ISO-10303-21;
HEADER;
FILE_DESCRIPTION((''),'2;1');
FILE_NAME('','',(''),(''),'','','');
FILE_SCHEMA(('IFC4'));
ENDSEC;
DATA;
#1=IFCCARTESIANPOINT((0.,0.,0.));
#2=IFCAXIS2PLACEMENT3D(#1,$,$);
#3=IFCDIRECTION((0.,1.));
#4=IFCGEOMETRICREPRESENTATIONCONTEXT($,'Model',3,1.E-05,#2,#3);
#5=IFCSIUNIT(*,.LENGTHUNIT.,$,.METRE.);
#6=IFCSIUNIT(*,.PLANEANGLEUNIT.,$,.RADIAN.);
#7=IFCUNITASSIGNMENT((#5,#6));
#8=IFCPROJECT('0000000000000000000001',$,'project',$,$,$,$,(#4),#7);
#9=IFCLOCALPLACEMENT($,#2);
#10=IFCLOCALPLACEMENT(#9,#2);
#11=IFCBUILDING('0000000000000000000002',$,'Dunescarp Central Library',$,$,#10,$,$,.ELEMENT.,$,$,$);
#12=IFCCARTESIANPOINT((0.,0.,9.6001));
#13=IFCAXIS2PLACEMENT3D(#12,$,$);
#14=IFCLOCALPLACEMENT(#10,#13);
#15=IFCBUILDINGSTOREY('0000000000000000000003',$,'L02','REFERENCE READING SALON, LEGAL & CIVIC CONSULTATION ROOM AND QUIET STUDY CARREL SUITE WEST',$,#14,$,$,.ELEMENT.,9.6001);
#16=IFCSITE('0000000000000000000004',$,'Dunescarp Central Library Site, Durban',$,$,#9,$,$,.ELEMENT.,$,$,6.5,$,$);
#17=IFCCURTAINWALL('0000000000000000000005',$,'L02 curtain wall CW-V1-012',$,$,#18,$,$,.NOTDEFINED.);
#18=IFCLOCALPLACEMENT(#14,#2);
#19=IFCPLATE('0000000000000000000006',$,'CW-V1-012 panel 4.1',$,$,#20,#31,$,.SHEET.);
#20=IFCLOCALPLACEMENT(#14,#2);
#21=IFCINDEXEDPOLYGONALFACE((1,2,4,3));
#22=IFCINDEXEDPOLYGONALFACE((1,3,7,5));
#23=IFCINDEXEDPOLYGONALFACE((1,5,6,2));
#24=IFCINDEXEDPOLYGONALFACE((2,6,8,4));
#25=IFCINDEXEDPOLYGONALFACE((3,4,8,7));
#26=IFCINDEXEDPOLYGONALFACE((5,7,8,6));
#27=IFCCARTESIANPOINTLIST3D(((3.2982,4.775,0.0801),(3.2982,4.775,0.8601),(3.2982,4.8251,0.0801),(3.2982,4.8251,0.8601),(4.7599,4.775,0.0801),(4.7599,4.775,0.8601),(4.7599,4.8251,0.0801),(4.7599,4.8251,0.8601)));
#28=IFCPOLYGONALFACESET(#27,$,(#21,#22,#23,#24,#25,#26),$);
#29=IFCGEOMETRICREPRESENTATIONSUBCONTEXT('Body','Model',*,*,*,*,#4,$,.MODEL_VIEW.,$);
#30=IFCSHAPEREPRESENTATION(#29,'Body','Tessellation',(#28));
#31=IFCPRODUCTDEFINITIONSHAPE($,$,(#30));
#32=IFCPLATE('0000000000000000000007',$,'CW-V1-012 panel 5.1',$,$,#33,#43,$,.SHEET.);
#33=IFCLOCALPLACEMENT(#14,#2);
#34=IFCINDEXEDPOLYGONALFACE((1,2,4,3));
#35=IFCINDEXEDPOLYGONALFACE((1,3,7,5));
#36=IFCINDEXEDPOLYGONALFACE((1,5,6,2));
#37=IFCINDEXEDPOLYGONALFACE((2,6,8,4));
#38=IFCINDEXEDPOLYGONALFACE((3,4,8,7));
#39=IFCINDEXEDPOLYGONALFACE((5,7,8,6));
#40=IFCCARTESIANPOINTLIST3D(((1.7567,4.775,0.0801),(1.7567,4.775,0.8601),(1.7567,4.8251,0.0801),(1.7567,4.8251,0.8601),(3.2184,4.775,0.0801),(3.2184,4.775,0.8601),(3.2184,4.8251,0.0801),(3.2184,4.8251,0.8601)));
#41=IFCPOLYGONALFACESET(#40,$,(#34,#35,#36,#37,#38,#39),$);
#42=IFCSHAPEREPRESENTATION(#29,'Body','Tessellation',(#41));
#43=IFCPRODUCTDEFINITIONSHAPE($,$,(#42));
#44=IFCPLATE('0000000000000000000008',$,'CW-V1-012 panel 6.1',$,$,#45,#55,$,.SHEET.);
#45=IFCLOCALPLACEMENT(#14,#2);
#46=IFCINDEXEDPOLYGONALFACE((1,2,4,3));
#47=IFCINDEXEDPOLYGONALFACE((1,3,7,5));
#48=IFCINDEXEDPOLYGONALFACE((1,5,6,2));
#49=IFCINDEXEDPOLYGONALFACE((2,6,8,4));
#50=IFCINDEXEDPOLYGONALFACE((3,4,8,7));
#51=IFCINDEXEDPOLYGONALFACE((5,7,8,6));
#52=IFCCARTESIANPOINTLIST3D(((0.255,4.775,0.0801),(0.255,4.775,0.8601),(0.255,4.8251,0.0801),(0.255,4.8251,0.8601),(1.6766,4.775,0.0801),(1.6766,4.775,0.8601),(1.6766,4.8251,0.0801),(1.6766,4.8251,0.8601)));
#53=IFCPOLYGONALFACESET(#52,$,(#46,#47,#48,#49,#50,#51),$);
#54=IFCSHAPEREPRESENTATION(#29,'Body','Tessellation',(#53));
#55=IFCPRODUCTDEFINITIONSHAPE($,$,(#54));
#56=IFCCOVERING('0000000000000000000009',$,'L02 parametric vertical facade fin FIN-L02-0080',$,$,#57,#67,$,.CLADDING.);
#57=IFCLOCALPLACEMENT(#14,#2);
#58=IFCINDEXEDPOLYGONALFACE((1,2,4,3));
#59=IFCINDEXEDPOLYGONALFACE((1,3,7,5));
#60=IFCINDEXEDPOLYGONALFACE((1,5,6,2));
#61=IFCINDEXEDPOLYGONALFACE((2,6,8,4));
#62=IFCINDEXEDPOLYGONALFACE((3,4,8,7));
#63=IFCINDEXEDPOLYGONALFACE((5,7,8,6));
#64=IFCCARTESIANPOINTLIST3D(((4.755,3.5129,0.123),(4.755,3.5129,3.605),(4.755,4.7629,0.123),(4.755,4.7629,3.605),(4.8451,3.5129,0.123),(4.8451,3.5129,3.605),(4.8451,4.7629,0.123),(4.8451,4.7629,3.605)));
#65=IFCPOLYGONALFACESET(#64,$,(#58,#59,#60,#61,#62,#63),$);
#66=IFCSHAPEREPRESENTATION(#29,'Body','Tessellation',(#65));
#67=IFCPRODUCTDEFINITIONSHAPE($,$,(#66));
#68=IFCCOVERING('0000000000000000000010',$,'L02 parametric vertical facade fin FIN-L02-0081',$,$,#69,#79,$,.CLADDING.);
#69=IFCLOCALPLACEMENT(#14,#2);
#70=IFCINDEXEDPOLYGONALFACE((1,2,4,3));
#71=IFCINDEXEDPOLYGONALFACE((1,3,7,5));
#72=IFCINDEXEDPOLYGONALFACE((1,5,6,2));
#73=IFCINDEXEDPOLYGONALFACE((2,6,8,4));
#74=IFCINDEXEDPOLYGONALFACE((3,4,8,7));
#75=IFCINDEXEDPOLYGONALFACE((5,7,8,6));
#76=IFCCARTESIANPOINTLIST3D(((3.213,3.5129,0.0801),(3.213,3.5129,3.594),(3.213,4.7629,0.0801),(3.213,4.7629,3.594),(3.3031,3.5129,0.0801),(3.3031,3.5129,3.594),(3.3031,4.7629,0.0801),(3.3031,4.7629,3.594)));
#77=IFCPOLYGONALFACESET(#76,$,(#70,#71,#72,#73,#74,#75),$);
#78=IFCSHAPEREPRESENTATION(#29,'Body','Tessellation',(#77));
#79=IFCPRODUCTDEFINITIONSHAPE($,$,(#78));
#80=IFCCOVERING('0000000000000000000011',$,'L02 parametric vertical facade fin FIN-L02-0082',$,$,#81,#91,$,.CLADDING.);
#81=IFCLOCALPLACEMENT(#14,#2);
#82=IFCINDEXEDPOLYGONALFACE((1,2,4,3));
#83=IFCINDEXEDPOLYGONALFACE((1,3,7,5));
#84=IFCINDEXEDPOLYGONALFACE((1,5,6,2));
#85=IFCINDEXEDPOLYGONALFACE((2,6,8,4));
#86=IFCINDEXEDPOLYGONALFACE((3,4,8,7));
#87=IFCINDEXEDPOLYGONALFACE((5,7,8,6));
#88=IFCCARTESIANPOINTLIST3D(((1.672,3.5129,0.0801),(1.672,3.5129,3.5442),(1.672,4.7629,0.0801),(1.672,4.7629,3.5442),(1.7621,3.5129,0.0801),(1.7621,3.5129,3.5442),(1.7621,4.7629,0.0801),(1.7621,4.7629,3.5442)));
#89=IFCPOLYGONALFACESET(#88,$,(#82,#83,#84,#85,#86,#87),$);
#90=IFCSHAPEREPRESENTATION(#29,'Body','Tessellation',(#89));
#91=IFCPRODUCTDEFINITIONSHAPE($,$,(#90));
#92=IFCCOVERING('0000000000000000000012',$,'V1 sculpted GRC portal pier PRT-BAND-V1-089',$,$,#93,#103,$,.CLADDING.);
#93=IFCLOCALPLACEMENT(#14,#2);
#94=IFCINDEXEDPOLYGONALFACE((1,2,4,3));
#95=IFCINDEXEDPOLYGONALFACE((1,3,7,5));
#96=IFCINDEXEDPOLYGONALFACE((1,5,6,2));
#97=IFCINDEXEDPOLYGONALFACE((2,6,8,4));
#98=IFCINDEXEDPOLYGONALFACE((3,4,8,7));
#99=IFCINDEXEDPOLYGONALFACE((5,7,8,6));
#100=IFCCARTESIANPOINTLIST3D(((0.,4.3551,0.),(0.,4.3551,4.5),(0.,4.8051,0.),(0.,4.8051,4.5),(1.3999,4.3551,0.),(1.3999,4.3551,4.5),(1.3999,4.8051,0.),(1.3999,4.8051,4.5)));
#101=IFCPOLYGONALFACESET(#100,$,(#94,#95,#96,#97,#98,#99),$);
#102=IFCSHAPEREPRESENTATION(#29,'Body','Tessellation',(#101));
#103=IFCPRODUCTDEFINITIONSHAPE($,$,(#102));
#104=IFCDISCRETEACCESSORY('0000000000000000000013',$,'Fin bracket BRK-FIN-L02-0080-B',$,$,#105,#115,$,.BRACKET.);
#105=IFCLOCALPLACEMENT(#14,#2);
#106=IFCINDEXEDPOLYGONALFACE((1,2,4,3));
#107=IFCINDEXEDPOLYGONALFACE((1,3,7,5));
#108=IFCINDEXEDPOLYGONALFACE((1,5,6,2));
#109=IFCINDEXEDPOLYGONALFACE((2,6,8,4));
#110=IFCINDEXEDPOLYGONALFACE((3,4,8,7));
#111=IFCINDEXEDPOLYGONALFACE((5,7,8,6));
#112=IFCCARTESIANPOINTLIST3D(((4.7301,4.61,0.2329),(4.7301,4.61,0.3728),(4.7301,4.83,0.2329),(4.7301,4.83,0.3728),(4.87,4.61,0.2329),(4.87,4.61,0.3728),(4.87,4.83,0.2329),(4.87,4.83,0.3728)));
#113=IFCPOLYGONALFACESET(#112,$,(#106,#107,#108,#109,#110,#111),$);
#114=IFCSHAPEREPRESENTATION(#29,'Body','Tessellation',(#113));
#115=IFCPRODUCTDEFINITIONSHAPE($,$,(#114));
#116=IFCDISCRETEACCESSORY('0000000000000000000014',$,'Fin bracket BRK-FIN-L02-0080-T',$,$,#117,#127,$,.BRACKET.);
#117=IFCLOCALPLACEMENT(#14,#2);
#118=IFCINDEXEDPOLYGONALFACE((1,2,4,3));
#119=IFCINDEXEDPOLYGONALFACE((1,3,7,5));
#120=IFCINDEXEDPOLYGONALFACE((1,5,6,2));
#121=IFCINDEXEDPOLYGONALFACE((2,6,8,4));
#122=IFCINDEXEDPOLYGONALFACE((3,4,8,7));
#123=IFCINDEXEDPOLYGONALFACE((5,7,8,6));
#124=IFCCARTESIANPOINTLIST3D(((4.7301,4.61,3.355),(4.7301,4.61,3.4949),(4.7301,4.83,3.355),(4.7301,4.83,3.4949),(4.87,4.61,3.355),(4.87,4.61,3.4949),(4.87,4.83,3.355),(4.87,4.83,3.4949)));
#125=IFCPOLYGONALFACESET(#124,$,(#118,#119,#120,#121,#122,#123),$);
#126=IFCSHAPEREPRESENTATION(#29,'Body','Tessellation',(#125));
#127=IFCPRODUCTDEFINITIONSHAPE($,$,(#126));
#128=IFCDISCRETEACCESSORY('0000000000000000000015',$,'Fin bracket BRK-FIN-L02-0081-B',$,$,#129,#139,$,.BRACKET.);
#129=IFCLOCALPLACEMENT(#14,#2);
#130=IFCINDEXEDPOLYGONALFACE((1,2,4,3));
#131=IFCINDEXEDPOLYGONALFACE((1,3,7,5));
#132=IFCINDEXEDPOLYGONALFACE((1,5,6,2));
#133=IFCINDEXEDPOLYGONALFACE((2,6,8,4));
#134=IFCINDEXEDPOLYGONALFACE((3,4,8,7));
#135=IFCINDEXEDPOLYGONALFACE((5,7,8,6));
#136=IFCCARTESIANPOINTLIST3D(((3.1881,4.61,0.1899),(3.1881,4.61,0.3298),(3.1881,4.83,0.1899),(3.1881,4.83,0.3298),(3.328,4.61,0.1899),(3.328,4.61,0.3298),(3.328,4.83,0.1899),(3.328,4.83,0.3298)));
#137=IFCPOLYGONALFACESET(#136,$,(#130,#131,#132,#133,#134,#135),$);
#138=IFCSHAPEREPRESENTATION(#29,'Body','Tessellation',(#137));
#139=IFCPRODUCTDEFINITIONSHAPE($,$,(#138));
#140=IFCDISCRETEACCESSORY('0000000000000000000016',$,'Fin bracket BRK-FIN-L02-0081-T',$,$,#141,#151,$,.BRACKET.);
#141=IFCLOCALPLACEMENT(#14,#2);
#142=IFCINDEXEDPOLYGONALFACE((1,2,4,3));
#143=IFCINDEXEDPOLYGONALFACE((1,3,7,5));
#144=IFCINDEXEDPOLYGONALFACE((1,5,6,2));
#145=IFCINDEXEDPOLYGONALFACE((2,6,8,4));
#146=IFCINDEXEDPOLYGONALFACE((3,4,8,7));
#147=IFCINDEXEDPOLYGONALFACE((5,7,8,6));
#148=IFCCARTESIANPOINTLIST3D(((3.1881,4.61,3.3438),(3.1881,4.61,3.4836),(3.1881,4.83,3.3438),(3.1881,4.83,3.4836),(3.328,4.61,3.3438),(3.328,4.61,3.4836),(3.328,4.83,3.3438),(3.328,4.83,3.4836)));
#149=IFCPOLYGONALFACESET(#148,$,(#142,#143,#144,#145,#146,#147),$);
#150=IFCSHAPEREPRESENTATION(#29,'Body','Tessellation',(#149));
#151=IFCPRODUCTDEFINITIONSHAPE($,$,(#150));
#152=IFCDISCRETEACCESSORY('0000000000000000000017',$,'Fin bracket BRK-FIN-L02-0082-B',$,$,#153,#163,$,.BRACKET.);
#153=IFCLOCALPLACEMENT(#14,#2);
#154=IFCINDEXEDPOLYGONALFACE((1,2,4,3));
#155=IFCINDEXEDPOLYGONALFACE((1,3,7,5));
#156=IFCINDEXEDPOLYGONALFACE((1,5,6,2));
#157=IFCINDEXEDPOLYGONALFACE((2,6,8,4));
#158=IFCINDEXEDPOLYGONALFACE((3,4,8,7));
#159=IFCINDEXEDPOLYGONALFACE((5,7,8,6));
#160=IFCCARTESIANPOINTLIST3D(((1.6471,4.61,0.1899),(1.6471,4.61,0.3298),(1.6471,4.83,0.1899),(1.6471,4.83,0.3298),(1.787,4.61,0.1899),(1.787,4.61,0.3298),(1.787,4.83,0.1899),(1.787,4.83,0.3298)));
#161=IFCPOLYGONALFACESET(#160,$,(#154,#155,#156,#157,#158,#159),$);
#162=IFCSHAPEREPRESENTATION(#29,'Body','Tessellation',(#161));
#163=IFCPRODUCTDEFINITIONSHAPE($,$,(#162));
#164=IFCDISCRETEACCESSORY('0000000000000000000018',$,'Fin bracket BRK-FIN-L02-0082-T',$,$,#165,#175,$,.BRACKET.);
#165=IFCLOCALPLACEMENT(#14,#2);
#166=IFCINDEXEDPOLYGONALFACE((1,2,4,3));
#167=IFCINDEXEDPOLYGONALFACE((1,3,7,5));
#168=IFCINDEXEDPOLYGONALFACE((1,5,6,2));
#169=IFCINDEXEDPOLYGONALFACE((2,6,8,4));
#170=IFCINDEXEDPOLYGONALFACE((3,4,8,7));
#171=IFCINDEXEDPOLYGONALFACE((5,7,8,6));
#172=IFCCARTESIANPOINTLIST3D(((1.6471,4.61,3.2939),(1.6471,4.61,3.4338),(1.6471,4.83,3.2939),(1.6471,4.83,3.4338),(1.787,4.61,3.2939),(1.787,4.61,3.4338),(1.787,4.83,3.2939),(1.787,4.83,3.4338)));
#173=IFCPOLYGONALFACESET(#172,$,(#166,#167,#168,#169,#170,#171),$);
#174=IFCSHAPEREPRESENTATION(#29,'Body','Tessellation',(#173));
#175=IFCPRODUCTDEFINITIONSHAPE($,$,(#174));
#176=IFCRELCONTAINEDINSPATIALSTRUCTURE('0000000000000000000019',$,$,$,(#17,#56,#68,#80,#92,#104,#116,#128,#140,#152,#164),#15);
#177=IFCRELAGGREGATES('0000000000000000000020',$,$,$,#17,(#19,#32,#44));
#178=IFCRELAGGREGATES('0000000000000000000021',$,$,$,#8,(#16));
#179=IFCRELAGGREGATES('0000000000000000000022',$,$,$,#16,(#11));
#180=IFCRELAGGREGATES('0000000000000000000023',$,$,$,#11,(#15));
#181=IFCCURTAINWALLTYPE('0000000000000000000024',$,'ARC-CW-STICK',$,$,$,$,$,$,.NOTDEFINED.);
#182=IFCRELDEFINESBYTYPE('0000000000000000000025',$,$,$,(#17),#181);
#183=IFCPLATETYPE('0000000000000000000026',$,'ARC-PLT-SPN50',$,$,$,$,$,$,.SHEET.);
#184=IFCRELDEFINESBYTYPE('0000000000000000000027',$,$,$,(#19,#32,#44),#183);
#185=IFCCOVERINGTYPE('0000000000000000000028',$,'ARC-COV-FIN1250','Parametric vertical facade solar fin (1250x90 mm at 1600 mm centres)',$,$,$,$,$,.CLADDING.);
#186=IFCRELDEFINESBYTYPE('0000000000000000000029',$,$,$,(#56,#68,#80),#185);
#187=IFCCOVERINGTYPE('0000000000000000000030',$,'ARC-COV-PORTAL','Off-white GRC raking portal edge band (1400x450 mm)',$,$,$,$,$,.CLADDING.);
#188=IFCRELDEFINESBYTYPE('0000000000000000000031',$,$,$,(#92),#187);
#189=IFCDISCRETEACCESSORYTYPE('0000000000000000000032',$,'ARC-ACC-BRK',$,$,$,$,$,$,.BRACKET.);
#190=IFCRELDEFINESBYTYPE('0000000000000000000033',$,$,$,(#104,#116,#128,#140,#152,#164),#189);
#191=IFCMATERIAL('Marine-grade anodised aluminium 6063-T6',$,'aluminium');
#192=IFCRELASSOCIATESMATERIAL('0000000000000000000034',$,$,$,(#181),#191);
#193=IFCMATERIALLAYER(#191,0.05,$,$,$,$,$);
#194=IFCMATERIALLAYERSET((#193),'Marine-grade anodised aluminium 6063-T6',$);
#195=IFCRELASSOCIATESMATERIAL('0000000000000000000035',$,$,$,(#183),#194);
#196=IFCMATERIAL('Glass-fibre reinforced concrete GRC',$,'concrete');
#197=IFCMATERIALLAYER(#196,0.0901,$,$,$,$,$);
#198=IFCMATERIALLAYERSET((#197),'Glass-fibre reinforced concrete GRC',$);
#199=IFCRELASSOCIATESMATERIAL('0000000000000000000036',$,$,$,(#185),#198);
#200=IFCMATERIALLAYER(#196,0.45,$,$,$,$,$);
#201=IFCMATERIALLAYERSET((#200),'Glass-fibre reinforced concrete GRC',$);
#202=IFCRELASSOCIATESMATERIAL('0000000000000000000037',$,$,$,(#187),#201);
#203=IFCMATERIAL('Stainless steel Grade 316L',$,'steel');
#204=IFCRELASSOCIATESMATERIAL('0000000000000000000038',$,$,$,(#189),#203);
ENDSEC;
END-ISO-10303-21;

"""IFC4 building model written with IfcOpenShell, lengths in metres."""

from ifc_helpers import new_model, si_unit, direction, frame, origin, origin_2d, place, context, subcontext, project, spatial, rectangle, extrude, material, layer, layer_set, type_object, element, aggregate, save


model = new_model("IFC4")

# Units and contexts
model_context = context("Model", 3, precision=1e-05, world=origin(), true_north=direction((0.0, 1.0)))
body_context = subcontext(model_context, "Body", "Model", "MODEL_VIEW")
ifc_project = project(units=[si_unit("LENGTHUNIT", "METRE"), si_unit("PLANEANGLEUNIT", "RADIAN")], contexts=[model_context])

# Site, building, storey
site_placement = place(None, origin())
site = spatial("IfcSite", under=ifc_project, at=site_placement, Name="Dunescarp Central Library Site, Durban", CompositionType="ELEMENT", RefElevation=6.5)
building_placement = place(site_placement, origin())
building = spatial("IfcBuilding", under=site, at=building_placement, Name="Dunescarp Central Library", CompositionType="ELEMENT")
storey_placement = place(building_placement, frame((0.0, 0.0, 9.6001)))
storey = spatial("IfcBuildingStorey", under=building, at=storey_placement, Name="L02", Description="REFERENCE READING SALON, LEGAL & CIVIC CONSULTATION ROOM AND QUIET STUDY CARREL SUITE WEST", CompositionType="ELEMENT", Elevation=9.6001)

# Curtain wall, plates
ifc_material_1 = material(Name="Marine-grade anodised aluminium 6063-T6", Category="aluminium")
curtain_wall_type = type_object("IfcCurtainWallType", Name="ARC-CW-STICK", PredefinedType="NOTDEFINED", material=ifc_material_1)
curtain_wall_placement = place(storey_placement, origin())
curtain_wall = element("IfcCurtainWall", 1, at=curtain_wall_placement, inside=storey, type_object=curtain_wall_type, Name="L02 curtain wall CW-V1-012", PredefinedType="NOTDEFINED")
ifc_layer_1 = layer(ifc_material_1, 0.05)
ifc_layer_set_1 = layer_set([ifc_layer_1], Name="Marine-grade anodised aluminium 6063-T6")
plate_type_1 = type_object("IfcPlateType", Name="ARC-PLT-SPN50", PredefinedType="SHEET", material=ifc_layer_set_1)
plate_1_placement = place(storey_placement, frame((4.0291, 4.8, 0.0801), z_axis=(0.0, 0.0, 1.0), x_axis=(-1.0, 0.0, 0.0)))
plate_1 = element("IfcPlate", 2, at=plate_1_placement, type_object=plate_type_1, Name="CW-V1-012 panel 4.1", PredefinedType="SHEET", context=body_context, shape_type="SweptSolid", body=[
    extrude(rectangle(XDim=1.4617, YDim=0.05, at=origin_2d()), origin(), (0.0, 0.0, 1.0), 0.78),
])
plate_2_placement = place(storey_placement, frame((2.4875, 4.8, 0.0801), z_axis=(0.0, 0.0, 1.0), x_axis=(-1.0, 0.0, 0.0)))
plate_2 = element("IfcPlate", 3, at=plate_2_placement, type_object=plate_type_1, Name="CW-V1-012 panel 5.1", PredefinedType="SHEET", context=body_context, shape_type="SweptSolid", body=[
    extrude(rectangle(XDim=1.4617, YDim=0.05, at=origin_2d()), origin(), (0.0, 0.0, 1.0), 0.78),
])
plate_3_placement = place(storey_placement, frame((0.9658, 4.8, 0.0801), z_axis=(0.0, 0.0, 1.0), x_axis=(-1.0, 0.0, 0.0)))
plate_3 = element("IfcPlate", 4, at=plate_3_placement, type_object=plate_type_1, Name="CW-V1-012 panel 6.1", PredefinedType="SHEET", context=body_context, shape_type="SweptSolid", body=[
    extrude(rectangle(XDim=1.4216, YDim=0.05, at=origin_2d()), origin(), (0.0, 0.0, 1.0), 0.78),
])
aggregate(curtain_wall, [plate_1, plate_2, plate_3])

# Coverings
ifc_material_2 = material(Name="Glass-fibre reinforced concrete GRC", Category="concrete")
ifc_layer_2 = layer(ifc_material_2, 0.0901)
ifc_layer_set_2 = layer_set([ifc_layer_2], Name="Glass-fibre reinforced concrete GRC")
covering_type_1 = type_object("IfcCoveringType", Name="ARC-COV-FIN1250", Description="Parametric vertical facade solar fin (1250x90 mm at 1600 mm centres)", PredefinedType="CLADDING", material=ifc_layer_set_2)
covering_1_placement = place(storey_placement, frame((4.8, 4.1379, 0.123), z_axis=(0.0, 0.0, 1.0), x_axis=(0.0, -1.0, 0.0)))
element("IfcCovering", 5, at=covering_1_placement, inside=storey, type_object=covering_type_1, Name="L02 parametric vertical facade fin FIN-L02-0080", PredefinedType="CLADDING", context=body_context, shape_type="SweptSolid", body=[
    extrude(rectangle(XDim=1.25, YDim=0.0901, at=origin_2d()), origin(), (0.0, 0.0, 1.0), 3.4819),
])
covering_2_placement = place(storey_placement, frame((3.2581, 4.1379, 0.0801), z_axis=(0.0, 0.0, 1.0), x_axis=(0.0, -1.0, 0.0)))
element("IfcCovering", 6, at=covering_2_placement, inside=storey, type_object=covering_type_1, Name="L02 parametric vertical facade fin FIN-L02-0081", PredefinedType="CLADDING", context=body_context, shape_type="SweptSolid", body=[
    extrude(rectangle(XDim=1.25, YDim=0.0901, at=origin_2d()), origin(), (0.0, 0.0, 1.0), 3.5139),
])
covering_3_placement = place(storey_placement, frame((1.717, 4.1379, 0.0801), z_axis=(0.0, 0.0, 1.0), x_axis=(0.0, -1.0, 0.0)))
element("IfcCovering", 7, at=covering_3_placement, inside=storey, type_object=covering_type_1, Name="L02 parametric vertical facade fin FIN-L02-0082", PredefinedType="CLADDING", context=body_context, shape_type="SweptSolid", body=[
    extrude(rectangle(XDim=1.25, YDim=0.0901, at=origin_2d()), origin(), (0.0, 0.0, 1.0), 3.4641),
])
ifc_layer_3 = layer(ifc_material_2, 0.45)
ifc_layer_set_3 = layer_set([ifc_layer_3], Name="Glass-fibre reinforced concrete GRC")
covering_type_2 = type_object("IfcCoveringType", Name="ARC-COV-PORTAL", Description="Off-white GRC raking portal edge band (1400x450 mm)", PredefinedType="CLADDING", material=ifc_layer_set_3)
covering_4_placement = place(storey_placement, frame((0.7, 4.5801, 0.0), z_axis=(0.0, 0.0, 1.0), x_axis=(1.0, 0.0, 0.0)))
element("IfcCovering", 8, at=covering_4_placement, inside=storey, type_object=covering_type_2, Name="V1 sculpted GRC portal pier PRT-BAND-V1-089", PredefinedType="CLADDING", context=body_context, shape_type="SweptSolid", body=[
    extrude(rectangle(XDim=1.3999, YDim=0.45, at=origin_2d()), origin(), (0.0, 0.0, 1.0), 4.5),
])

# Discrete accessories
ifc_material_3 = material(Name="Stainless steel Grade 316L", Category="steel")
discrete_accessory_type = type_object("IfcDiscreteAccessoryType", Name="ARC-ACC-BRK", PredefinedType="BRACKET", material=ifc_material_3)
for number, where, z_axis, x_axis, name in (
    (9, (4.8, 4.72, 0.2329), (0.0, 0.0, 1.0), (0.0, -1.0, 0.0), "Fin bracket BRK-FIN-L02-0080-B"),
    (10, (4.8, 4.72, 3.355), (0.0, 0.0, 1.0), (0.0, -1.0, 0.0), "Fin bracket BRK-FIN-L02-0080-T"),
    (11, (3.2581, 4.72, 0.1899), (0.0, 0.0, 1.0), (0.0, -1.0, 0.0), "Fin bracket BRK-FIN-L02-0081-B"),
    (12, (3.2581, 4.72, 3.3438), (0.0, 0.0, 1.0), (0.0, -1.0, 0.0), "Fin bracket BRK-FIN-L02-0081-T"),
    (13, (1.717, 4.72, 0.1899), (0.0, 0.0, 1.0), (0.0, -1.0, 0.0), "Fin bracket BRK-FIN-L02-0082-B"),
    (14, (1.717, 4.72, 3.2939), (0.0, 0.0, 1.0), (0.0, -1.0, 0.0), "Fin bracket BRK-FIN-L02-0082-T"),
):
    element("IfcDiscreteAccessory", number, at=place(storey_placement, frame(where, z_axis=z_axis, x_axis=x_axis)), inside=storey, type_object=discrete_accessory_type, Name=name, PredefinedType="BRACKET", context=body_context, shape_type="SweptSolid", body=[
        extrude(rectangle(XDim=0.22, YDim=0.1399, at=origin_2d()), origin(), (0.0, 0.0, 1.0), 0.1399),
    ])

save(model, "model.ifc")
